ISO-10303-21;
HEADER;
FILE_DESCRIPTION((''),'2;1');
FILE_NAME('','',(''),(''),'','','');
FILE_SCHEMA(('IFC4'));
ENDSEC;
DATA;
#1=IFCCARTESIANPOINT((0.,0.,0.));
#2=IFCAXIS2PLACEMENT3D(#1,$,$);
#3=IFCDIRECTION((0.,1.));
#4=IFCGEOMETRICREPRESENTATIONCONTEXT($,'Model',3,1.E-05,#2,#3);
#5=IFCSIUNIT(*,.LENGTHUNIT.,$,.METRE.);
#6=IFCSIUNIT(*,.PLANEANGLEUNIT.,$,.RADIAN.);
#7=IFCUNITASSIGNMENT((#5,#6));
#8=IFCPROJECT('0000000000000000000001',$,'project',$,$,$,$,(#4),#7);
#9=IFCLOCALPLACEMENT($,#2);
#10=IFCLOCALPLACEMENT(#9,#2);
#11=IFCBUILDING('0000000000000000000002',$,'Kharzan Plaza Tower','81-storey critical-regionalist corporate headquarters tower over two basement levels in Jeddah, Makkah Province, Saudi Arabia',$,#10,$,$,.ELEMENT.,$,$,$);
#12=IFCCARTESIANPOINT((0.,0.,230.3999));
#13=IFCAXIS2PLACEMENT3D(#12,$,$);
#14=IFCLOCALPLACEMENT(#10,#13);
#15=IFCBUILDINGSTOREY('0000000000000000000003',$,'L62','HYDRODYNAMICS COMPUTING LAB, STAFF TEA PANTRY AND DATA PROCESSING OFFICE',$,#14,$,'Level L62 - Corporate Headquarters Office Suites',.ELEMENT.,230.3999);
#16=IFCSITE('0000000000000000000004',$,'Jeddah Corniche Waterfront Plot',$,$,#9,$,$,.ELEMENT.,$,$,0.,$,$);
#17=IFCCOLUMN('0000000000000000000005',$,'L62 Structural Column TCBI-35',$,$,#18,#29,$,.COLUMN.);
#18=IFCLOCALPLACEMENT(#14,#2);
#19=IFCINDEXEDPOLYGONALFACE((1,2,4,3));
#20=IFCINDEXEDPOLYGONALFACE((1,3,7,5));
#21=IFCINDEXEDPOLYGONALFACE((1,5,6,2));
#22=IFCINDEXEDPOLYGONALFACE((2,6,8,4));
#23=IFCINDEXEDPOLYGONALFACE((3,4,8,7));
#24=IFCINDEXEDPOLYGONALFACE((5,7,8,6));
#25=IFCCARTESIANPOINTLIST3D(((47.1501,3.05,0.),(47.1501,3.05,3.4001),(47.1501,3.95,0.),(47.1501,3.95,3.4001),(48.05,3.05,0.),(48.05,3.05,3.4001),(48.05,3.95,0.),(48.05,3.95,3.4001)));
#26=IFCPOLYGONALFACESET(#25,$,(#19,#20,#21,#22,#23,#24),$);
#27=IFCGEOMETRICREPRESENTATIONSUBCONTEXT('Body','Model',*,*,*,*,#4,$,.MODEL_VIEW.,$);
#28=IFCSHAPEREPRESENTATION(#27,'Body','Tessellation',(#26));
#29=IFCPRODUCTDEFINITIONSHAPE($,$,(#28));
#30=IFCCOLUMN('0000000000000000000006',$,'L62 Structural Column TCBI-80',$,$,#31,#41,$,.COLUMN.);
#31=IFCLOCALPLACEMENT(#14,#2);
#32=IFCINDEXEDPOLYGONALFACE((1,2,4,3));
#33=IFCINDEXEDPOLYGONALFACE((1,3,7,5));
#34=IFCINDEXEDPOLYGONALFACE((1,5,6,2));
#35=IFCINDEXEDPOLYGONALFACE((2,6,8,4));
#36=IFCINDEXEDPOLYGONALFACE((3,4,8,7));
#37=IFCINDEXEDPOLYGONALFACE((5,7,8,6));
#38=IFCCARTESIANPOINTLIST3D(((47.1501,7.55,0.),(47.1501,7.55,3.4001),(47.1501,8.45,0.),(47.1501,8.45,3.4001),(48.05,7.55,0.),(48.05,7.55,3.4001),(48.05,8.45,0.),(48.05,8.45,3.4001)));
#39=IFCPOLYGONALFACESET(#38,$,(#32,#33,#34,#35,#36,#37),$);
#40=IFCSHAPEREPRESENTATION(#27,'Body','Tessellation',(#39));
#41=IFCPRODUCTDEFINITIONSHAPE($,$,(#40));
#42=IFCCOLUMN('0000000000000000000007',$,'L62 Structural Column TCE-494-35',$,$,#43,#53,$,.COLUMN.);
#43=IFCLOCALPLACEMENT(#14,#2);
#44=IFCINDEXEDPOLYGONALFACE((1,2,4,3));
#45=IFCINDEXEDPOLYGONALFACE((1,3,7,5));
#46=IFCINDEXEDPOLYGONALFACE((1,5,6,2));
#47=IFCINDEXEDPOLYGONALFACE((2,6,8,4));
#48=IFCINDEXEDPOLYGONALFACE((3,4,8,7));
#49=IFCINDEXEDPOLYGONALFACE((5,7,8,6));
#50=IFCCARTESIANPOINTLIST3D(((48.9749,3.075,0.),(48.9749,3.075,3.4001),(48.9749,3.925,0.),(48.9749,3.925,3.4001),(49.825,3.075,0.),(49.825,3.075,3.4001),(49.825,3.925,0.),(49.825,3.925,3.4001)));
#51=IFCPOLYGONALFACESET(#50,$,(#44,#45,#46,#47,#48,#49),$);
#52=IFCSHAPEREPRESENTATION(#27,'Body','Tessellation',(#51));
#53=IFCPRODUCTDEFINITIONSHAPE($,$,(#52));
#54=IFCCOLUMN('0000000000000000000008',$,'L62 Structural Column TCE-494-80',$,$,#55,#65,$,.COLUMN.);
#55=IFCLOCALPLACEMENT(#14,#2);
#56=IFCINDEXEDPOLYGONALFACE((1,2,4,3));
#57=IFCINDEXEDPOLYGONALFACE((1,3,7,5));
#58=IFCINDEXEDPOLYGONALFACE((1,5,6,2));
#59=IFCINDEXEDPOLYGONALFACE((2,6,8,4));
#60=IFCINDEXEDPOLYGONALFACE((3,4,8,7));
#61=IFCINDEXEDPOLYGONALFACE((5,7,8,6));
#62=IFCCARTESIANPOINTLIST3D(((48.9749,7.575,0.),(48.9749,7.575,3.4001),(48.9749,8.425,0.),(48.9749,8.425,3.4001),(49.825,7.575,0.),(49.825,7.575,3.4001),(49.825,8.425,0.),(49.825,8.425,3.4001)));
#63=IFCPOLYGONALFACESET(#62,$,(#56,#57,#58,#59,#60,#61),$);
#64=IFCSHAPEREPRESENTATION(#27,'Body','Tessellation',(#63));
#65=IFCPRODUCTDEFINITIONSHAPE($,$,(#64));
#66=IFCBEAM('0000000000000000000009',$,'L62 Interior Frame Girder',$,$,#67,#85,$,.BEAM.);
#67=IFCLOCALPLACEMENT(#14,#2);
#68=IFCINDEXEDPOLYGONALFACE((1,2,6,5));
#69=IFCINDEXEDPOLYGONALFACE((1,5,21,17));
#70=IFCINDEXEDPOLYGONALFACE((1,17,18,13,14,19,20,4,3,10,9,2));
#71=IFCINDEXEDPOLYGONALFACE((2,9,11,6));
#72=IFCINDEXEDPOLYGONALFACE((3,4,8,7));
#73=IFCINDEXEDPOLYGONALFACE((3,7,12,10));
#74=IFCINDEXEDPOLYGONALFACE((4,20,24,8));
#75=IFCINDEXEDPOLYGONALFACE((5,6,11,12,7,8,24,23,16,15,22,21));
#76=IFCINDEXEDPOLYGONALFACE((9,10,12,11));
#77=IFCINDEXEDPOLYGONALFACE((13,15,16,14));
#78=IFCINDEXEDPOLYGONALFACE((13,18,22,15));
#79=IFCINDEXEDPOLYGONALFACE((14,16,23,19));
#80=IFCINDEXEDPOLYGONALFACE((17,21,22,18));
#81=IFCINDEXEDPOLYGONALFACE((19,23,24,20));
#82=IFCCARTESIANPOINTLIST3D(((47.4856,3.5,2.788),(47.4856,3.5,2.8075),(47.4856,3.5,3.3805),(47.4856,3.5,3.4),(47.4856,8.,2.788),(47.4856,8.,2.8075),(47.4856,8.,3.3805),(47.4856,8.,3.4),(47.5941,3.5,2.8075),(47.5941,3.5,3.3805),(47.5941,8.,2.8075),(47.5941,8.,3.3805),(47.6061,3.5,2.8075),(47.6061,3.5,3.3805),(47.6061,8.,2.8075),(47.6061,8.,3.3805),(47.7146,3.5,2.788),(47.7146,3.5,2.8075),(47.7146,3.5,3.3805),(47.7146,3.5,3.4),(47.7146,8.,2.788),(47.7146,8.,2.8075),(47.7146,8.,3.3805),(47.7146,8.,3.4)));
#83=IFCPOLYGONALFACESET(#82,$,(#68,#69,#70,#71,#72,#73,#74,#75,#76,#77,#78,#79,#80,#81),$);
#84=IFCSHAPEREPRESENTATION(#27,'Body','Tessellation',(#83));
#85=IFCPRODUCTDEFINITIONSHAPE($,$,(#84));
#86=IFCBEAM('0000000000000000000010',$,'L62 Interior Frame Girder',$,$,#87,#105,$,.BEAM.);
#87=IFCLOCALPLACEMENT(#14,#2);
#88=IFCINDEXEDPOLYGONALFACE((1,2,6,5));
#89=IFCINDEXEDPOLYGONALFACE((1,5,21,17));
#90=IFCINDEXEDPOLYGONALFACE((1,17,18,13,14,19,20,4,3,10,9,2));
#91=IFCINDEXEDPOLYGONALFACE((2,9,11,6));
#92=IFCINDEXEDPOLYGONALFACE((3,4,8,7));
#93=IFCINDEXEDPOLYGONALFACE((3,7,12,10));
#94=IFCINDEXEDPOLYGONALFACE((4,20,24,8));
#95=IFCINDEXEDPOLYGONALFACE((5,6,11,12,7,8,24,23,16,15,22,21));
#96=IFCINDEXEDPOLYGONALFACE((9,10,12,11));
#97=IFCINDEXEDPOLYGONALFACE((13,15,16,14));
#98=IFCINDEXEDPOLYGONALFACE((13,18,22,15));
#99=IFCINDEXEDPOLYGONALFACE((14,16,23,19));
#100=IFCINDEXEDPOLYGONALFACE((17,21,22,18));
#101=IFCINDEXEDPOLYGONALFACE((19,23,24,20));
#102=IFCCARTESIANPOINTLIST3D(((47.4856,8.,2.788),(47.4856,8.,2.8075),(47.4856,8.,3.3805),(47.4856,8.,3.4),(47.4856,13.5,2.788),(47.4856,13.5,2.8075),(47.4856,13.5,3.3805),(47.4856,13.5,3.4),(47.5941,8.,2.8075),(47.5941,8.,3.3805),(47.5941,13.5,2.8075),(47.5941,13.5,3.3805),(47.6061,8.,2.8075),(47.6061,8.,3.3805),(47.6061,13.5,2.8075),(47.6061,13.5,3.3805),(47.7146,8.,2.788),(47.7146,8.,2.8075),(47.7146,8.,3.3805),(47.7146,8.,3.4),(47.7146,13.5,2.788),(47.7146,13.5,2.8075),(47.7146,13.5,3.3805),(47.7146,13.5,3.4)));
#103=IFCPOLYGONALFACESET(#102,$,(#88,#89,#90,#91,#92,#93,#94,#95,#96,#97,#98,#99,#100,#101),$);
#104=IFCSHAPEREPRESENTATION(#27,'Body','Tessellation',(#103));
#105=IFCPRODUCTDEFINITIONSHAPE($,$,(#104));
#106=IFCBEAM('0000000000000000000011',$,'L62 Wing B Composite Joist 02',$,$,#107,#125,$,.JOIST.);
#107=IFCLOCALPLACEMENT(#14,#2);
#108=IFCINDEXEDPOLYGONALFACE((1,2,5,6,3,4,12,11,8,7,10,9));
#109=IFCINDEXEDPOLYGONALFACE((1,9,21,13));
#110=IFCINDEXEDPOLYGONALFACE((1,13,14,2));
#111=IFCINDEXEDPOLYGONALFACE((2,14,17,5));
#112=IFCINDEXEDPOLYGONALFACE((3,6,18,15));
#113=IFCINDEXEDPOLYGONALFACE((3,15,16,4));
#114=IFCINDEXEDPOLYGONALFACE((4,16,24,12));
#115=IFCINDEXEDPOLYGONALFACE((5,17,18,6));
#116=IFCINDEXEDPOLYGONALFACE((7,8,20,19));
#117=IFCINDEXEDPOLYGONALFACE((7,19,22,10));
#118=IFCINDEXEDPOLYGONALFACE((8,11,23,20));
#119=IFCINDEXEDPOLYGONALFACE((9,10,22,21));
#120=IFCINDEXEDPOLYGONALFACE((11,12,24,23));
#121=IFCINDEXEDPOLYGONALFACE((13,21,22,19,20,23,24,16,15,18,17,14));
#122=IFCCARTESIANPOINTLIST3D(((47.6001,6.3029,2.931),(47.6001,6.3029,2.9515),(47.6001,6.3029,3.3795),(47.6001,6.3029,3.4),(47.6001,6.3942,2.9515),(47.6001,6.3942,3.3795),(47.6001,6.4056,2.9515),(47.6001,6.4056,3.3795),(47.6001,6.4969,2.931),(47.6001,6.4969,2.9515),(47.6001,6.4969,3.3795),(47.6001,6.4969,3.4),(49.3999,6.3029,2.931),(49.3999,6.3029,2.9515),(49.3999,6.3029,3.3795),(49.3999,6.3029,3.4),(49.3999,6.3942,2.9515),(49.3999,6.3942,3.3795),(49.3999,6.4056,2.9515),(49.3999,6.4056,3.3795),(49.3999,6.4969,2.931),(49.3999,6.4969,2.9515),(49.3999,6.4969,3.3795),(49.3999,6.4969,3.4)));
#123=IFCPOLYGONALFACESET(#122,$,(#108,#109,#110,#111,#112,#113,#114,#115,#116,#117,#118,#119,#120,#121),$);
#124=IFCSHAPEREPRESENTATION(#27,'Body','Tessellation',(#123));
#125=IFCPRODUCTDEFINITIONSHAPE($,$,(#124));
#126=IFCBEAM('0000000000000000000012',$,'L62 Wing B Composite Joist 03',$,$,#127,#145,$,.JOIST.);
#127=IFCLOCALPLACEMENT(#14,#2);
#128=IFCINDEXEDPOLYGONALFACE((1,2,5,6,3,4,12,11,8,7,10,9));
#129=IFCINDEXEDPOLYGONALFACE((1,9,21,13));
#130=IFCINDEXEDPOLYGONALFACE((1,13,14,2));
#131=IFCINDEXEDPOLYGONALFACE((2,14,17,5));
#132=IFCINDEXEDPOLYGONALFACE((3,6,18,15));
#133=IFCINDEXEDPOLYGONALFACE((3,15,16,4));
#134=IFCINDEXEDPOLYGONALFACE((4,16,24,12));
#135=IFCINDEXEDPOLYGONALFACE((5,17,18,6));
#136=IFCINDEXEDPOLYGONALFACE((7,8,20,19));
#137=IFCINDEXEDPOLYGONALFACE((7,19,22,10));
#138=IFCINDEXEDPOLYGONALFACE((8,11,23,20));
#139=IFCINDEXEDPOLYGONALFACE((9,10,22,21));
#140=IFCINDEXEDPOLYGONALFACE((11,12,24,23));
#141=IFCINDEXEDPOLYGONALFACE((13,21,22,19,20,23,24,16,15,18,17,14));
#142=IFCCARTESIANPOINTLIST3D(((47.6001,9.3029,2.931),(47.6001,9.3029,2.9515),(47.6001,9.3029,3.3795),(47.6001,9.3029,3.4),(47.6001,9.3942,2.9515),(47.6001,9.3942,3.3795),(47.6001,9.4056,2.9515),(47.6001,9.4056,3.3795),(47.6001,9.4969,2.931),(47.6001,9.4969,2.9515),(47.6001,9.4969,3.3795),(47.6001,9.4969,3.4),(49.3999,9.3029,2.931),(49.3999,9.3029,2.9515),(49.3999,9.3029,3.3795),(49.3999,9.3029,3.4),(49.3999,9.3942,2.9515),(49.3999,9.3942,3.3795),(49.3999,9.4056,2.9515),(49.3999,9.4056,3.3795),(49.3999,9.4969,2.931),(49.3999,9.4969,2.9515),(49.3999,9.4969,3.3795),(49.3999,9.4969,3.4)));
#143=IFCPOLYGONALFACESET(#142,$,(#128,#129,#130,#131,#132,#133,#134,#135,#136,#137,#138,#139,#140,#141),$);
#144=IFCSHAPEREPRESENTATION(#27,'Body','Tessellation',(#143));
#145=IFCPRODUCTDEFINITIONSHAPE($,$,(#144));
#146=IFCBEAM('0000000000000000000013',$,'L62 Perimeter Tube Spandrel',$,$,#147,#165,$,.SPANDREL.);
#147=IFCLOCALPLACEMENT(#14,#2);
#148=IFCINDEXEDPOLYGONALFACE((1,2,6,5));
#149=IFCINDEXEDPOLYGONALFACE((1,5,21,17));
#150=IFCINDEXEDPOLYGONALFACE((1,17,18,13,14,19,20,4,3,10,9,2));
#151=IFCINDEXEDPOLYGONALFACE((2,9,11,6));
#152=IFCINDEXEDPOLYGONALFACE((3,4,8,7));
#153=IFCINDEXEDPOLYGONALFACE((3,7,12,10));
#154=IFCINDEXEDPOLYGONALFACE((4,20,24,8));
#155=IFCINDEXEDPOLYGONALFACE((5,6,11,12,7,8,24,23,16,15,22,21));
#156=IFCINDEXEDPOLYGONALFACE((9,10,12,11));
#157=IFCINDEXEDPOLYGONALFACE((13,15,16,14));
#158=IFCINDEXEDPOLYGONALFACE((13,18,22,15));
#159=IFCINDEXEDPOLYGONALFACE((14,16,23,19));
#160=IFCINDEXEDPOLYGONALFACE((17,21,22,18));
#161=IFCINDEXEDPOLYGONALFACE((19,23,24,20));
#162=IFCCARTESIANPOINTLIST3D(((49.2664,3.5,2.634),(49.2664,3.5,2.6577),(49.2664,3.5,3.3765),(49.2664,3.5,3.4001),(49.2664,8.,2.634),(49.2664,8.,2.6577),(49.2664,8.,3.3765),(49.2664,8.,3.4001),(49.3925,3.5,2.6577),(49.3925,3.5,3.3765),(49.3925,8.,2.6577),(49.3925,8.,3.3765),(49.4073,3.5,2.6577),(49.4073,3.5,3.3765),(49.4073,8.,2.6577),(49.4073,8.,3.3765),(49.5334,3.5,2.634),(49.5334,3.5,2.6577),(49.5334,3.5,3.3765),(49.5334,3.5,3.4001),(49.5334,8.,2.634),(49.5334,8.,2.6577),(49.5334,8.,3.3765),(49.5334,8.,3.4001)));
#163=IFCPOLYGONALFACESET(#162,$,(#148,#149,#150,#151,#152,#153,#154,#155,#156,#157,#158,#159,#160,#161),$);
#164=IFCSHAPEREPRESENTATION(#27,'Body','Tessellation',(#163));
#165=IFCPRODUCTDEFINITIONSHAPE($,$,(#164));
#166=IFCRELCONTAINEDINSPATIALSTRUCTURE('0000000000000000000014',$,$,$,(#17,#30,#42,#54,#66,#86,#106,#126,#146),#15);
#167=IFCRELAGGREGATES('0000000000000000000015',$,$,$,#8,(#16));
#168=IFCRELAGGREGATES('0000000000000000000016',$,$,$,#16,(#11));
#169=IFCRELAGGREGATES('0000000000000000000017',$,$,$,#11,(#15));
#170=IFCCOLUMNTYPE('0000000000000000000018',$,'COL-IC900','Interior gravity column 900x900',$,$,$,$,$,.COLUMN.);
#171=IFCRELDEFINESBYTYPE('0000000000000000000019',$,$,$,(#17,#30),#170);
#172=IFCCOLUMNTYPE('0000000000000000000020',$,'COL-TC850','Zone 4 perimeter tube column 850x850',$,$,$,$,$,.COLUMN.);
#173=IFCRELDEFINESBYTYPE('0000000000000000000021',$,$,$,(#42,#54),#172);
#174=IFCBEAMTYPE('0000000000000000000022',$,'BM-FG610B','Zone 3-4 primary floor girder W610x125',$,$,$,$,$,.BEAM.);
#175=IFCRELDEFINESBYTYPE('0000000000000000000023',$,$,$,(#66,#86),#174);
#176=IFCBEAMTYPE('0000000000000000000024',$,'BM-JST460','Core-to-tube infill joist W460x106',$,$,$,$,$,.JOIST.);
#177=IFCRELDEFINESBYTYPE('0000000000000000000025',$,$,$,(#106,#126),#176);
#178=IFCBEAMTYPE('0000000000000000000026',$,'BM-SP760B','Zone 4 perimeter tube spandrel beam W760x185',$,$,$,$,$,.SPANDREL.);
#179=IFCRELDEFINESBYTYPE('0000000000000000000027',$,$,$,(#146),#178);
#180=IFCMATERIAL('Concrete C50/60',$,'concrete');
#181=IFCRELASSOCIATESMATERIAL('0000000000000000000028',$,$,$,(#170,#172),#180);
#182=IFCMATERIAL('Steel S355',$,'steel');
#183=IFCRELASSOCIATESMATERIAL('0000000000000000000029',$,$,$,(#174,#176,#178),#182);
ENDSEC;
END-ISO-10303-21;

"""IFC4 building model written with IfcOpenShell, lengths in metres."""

from ifc_helpers import new_model, si_unit, direction, frame, origin, origin_2d, place, context, subcontext, project, spatial, rectangle, i_section, extrude, source, transform, mapped, material, material_profile, profile_set, type_object, element, save


model = new_model("IFC4")

# Units and contexts
model_context = context("Model", 3, precision=1e-05, world=origin(), true_north=direction((0.0, 1.0)))
body_context = subcontext(model_context, "Body", "Model", "MODEL_VIEW")
ifc_project = project(units=[si_unit("LENGTHUNIT", "METRE"), si_unit("PLANEANGLEUNIT", "RADIAN")], contexts=[model_context])

# Site, building, storey
site_placement = place(None, origin())
site = spatial("IfcSite", under=ifc_project, at=site_placement, Name="Jeddah Corniche Waterfront Plot", CompositionType="ELEMENT", RefElevation=0.0)
building_placement = place(site_placement, origin())
building = spatial("IfcBuilding", under=site, at=building_placement, Name="Kharzan Plaza Tower", Description="81-storey critical-regionalist corporate headquarters tower over two basement levels in Jeddah, Makkah Province, Saudi Arabia", CompositionType="ELEMENT")
storey_placement = place(building_placement, frame((0.0, 0.0, 230.3999)))
storey = spatial("IfcBuildingStorey", under=building, at=storey_placement, Name="L62", Description="HYDRODYNAMICS COMPUTING LAB, STAFF TEA PANTRY AND DATA PROCESSING OFFICE", LongName="Level L62 - Corporate Headquarters Office Suites", CompositionType="ELEMENT", Elevation=230.3999)

# Columns
ifc_material_1 = material(Name="Concrete C50/60", Category="concrete")
ifc_material_profile_1 = material_profile(ifc_material_1, rectangle(XDim=0.8999, YDim=0.8999, at=origin_2d()), Name="RC-IC900x900")
ifc_profile_set_1 = profile_set([ifc_material_profile_1], Name="Concrete C50/60")
column_type_1 = type_object("IfcColumnType", Name="COL-IC900", Description="Interior gravity column 900x900", PredefinedType="COLUMN", material=ifc_profile_set_1)
shared_shape_1 = source(origin(), body_context, "Body", "SweptSolid", [
    extrude(rectangle(XDim=0.8999, YDim=0.8999, at=origin_2d()), origin(), (0.0, 0.0, 1.0), 3.4001),
])
for number, where, z_axis, x_axis, name in (
    (1, (47.6001, 3.5, 0.0), (0.0, 0.0, 1.0), (1.0, 0.0, 0.0), "L62 Structural Column TCBI-35"),
    (2, (47.6001, 8.0, 0.0), (0.0, 0.0, 1.0), (1.0, 0.0, 0.0), "L62 Structural Column TCBI-80"),
):
    element("IfcColumn", number, at=place(storey_placement, frame(where, z_axis=z_axis, x_axis=x_axis)), inside=storey, type_object=column_type_1, Name=name, PredefinedType="COLUMN", context=body_context, shape_type="MappedRepresentation", body=[
        mapped(shared_shape_1, transform((0.0, 0.0, 0.0), x_axis=(1.0, 0.0, 0.0), y_axis=(0.0, 1.0, 0.0), z_axis=(0.0, 0.0, 1.0))),
    ])
ifc_material_profile_2 = material_profile(ifc_material_1, rectangle(XDim=0.8501, YDim=0.8501, at=origin_2d()), Name="RC-TC850x850")
ifc_profile_set_2 = profile_set([ifc_material_profile_2], Name="Concrete C50/60")
column_type_2 = type_object("IfcColumnType", Name="COL-TC850", Description="Zone 4 perimeter tube column 850x850", PredefinedType="COLUMN", material=ifc_profile_set_2)
shared_shape_2 = source(origin(), body_context, "Body", "SweptSolid", [
    extrude(rectangle(XDim=0.8501, YDim=0.8501, at=origin_2d()), origin(), (0.0, 0.0, 1.0), 3.4001),
])
for number, where, z_axis, x_axis, name in (
    (3, (49.3999, 3.5, 0.0), (0.0, 0.0, 1.0), (1.0, 0.0, 0.0), "L62 Structural Column TCE-494-35"),
    (4, (49.3999, 8.0, 0.0), (0.0, 0.0, 1.0), (1.0, 0.0, 0.0), "L62 Structural Column TCE-494-80"),
):
    element("IfcColumn", number, at=place(storey_placement, frame(where, z_axis=z_axis, x_axis=x_axis)), inside=storey, type_object=column_type_2, Name=name, PredefinedType="COLUMN", context=body_context, shape_type="MappedRepresentation", body=[
        mapped(shared_shape_2, transform((0.0, 0.0, 0.0), x_axis=(1.0, 0.0, 0.0), y_axis=(0.0, 1.0, 0.0), z_axis=(0.0, 0.0, 1.0))),
    ])

# Beams
ifc_material_2 = material(Name="Steel S355", Category="steel")
ifc_material_profile_3 = material_profile(ifc_material_2, i_section(OverallWidth=0.229, OverallDepth=0.6121, WebThickness=0.012, FlangeThickness=0.0195, at=origin_2d()), Name="W610x125")
ifc_profile_set_3 = profile_set([ifc_material_profile_3], Name="Steel S355")
beam_type_1 = type_object("IfcBeamType", Name="BM-FG610B", Description="Zone 3-4 primary floor girder W610x125", PredefinedType="BEAM", material=ifc_profile_set_3)
shared_shape_3 = source(origin(), body_context, "Body", "SweptSolid", [
    extrude(i_section(OverallWidth=0.229, OverallDepth=0.6121, WebThickness=0.012, FlangeThickness=0.0195, at=origin_2d()), origin(), (0.0, 0.0, 1.0), 4.5),
])
beam_1_placement = place(storey_placement, frame((47.6001, 3.5, 3.094), z_axis=(0.0, 1.0, 0.0), x_axis=(-1.0, 0.0, 0.0)))
element("IfcBeam", 5, at=beam_1_placement, inside=storey, type_object=beam_type_1, Name="L62 Interior Frame Girder", PredefinedType="BEAM", context=body_context, shape_type="MappedRepresentation", body=[
    mapped(shared_shape_3, transform((0.0, 0.0, 0.0), x_axis=(1.0, 0.0, 0.0), y_axis=(0.0, 1.0, 0.0), z_axis=(0.0, 0.0, 1.0))),
])
shared_shape_4 = source(origin(), body_context, "Body", "SweptSolid", [
    extrude(i_section(OverallWidth=0.229, OverallDepth=0.6121, WebThickness=0.012, FlangeThickness=0.0195, at=origin_2d()), origin(), (0.0, 0.0, 1.0), 5.5),
])
beam_2_placement = place(storey_placement, frame((47.6001, 8.0, 3.094), z_axis=(0.0, 1.0, 0.0), x_axis=(-1.0, 0.0, 0.0)))
element("IfcBeam", 6, at=beam_2_placement, inside=storey, type_object=beam_type_1, Name="L62 Interior Frame Girder", PredefinedType="BEAM", context=body_context, shape_type="MappedRepresentation", body=[
    mapped(shared_shape_4, transform((0.0, 0.0, 0.0), x_axis=(1.0, 0.0, 0.0), y_axis=(0.0, 1.0, 0.0), z_axis=(0.0, 0.0, 1.0))),
])
ifc_material_profile_4 = material_profile(ifc_material_2, i_section(OverallWidth=0.1941, OverallDepth=0.469, WebThickness=0.0115, FlangeThickness=0.0205, at=origin_2d()), Name="W460x106")
ifc_profile_set_4 = profile_set([ifc_material_profile_4], Name="Steel S355")
beam_type_2 = type_object("IfcBeamType", Name="BM-JST460", Description="Core-to-tube infill joist W460x106", PredefinedType="JOIST", material=ifc_profile_set_4)
shared_shape_5 = source(origin(), body_context, "Body", "SweptSolid", [
    extrude(i_section(OverallWidth=0.1941, OverallDepth=0.469, WebThickness=0.0115, FlangeThickness=0.0205, at=origin_2d()), origin(), (0.0, 0.0, 1.0), 1.7998),
])
for number, where, z_axis, x_axis, name in (
    (7, (47.6001, 6.3999, 3.1655), (1.0, 0.0, 0.0), (0.0, 1.0, 0.0), "L62 Wing B Composite Joist 02"),
    (8, (47.6001, 9.3999, 3.1655), (1.0, 0.0, 0.0), (0.0, 1.0, 0.0), "L62 Wing B Composite Joist 03"),
):
    element("IfcBeam", number, at=place(storey_placement, frame(where, z_axis=z_axis, x_axis=x_axis)), inside=storey, type_object=beam_type_2, Name=name, PredefinedType="JOIST", context=body_context, shape_type="MappedRepresentation", body=[
        mapped(shared_shape_5, transform((0.0, 0.0, 0.0), x_axis=(1.0, 0.0, 0.0), y_axis=(0.0, 1.0, 0.0), z_axis=(0.0, 0.0, 1.0))),
    ])
ifc_material_profile_5 = material_profile(ifc_material_2, i_section(OverallWidth=0.2671, OverallDepth=0.7661, WebThickness=0.0149, FlangeThickness=0.0237, at=origin_2d()), Name="W760x185")
ifc_profile_set_5 = profile_set([ifc_material_profile_5], Name="Steel S355")
beam_type_3 = type_object("IfcBeamType", Name="BM-SP760B", Description="Zone 4 perimeter tube spandrel beam W760x185", PredefinedType="SPANDREL", material=ifc_profile_set_5)
shared_shape_6 = source(origin(), body_context, "Body", "SweptSolid", [
    extrude(i_section(OverallWidth=0.2671, OverallDepth=0.7661, WebThickness=0.0149, FlangeThickness=0.0237, at=origin_2d()), origin(), (0.0, 0.0, 1.0), 4.5),
])
beam_3_placement = place(storey_placement, frame((49.3999, 3.5, 3.0171), z_axis=(0.0, 1.0, 0.0), x_axis=(-1.0, 0.0, 0.0)))
element("IfcBeam", 9, at=beam_3_placement, inside=storey, type_object=beam_type_3, Name="L62 Perimeter Tube Spandrel", PredefinedType="SPANDREL", context=body_context, shape_type="MappedRepresentation", body=[
    mapped(shared_shape_6, transform((0.0, 0.0, 0.0), x_axis=(1.0, 0.0, 0.0), y_axis=(0.0, 1.0, 0.0), z_axis=(0.0, 0.0, 1.0))),
])

save(model, "model.ifc")
